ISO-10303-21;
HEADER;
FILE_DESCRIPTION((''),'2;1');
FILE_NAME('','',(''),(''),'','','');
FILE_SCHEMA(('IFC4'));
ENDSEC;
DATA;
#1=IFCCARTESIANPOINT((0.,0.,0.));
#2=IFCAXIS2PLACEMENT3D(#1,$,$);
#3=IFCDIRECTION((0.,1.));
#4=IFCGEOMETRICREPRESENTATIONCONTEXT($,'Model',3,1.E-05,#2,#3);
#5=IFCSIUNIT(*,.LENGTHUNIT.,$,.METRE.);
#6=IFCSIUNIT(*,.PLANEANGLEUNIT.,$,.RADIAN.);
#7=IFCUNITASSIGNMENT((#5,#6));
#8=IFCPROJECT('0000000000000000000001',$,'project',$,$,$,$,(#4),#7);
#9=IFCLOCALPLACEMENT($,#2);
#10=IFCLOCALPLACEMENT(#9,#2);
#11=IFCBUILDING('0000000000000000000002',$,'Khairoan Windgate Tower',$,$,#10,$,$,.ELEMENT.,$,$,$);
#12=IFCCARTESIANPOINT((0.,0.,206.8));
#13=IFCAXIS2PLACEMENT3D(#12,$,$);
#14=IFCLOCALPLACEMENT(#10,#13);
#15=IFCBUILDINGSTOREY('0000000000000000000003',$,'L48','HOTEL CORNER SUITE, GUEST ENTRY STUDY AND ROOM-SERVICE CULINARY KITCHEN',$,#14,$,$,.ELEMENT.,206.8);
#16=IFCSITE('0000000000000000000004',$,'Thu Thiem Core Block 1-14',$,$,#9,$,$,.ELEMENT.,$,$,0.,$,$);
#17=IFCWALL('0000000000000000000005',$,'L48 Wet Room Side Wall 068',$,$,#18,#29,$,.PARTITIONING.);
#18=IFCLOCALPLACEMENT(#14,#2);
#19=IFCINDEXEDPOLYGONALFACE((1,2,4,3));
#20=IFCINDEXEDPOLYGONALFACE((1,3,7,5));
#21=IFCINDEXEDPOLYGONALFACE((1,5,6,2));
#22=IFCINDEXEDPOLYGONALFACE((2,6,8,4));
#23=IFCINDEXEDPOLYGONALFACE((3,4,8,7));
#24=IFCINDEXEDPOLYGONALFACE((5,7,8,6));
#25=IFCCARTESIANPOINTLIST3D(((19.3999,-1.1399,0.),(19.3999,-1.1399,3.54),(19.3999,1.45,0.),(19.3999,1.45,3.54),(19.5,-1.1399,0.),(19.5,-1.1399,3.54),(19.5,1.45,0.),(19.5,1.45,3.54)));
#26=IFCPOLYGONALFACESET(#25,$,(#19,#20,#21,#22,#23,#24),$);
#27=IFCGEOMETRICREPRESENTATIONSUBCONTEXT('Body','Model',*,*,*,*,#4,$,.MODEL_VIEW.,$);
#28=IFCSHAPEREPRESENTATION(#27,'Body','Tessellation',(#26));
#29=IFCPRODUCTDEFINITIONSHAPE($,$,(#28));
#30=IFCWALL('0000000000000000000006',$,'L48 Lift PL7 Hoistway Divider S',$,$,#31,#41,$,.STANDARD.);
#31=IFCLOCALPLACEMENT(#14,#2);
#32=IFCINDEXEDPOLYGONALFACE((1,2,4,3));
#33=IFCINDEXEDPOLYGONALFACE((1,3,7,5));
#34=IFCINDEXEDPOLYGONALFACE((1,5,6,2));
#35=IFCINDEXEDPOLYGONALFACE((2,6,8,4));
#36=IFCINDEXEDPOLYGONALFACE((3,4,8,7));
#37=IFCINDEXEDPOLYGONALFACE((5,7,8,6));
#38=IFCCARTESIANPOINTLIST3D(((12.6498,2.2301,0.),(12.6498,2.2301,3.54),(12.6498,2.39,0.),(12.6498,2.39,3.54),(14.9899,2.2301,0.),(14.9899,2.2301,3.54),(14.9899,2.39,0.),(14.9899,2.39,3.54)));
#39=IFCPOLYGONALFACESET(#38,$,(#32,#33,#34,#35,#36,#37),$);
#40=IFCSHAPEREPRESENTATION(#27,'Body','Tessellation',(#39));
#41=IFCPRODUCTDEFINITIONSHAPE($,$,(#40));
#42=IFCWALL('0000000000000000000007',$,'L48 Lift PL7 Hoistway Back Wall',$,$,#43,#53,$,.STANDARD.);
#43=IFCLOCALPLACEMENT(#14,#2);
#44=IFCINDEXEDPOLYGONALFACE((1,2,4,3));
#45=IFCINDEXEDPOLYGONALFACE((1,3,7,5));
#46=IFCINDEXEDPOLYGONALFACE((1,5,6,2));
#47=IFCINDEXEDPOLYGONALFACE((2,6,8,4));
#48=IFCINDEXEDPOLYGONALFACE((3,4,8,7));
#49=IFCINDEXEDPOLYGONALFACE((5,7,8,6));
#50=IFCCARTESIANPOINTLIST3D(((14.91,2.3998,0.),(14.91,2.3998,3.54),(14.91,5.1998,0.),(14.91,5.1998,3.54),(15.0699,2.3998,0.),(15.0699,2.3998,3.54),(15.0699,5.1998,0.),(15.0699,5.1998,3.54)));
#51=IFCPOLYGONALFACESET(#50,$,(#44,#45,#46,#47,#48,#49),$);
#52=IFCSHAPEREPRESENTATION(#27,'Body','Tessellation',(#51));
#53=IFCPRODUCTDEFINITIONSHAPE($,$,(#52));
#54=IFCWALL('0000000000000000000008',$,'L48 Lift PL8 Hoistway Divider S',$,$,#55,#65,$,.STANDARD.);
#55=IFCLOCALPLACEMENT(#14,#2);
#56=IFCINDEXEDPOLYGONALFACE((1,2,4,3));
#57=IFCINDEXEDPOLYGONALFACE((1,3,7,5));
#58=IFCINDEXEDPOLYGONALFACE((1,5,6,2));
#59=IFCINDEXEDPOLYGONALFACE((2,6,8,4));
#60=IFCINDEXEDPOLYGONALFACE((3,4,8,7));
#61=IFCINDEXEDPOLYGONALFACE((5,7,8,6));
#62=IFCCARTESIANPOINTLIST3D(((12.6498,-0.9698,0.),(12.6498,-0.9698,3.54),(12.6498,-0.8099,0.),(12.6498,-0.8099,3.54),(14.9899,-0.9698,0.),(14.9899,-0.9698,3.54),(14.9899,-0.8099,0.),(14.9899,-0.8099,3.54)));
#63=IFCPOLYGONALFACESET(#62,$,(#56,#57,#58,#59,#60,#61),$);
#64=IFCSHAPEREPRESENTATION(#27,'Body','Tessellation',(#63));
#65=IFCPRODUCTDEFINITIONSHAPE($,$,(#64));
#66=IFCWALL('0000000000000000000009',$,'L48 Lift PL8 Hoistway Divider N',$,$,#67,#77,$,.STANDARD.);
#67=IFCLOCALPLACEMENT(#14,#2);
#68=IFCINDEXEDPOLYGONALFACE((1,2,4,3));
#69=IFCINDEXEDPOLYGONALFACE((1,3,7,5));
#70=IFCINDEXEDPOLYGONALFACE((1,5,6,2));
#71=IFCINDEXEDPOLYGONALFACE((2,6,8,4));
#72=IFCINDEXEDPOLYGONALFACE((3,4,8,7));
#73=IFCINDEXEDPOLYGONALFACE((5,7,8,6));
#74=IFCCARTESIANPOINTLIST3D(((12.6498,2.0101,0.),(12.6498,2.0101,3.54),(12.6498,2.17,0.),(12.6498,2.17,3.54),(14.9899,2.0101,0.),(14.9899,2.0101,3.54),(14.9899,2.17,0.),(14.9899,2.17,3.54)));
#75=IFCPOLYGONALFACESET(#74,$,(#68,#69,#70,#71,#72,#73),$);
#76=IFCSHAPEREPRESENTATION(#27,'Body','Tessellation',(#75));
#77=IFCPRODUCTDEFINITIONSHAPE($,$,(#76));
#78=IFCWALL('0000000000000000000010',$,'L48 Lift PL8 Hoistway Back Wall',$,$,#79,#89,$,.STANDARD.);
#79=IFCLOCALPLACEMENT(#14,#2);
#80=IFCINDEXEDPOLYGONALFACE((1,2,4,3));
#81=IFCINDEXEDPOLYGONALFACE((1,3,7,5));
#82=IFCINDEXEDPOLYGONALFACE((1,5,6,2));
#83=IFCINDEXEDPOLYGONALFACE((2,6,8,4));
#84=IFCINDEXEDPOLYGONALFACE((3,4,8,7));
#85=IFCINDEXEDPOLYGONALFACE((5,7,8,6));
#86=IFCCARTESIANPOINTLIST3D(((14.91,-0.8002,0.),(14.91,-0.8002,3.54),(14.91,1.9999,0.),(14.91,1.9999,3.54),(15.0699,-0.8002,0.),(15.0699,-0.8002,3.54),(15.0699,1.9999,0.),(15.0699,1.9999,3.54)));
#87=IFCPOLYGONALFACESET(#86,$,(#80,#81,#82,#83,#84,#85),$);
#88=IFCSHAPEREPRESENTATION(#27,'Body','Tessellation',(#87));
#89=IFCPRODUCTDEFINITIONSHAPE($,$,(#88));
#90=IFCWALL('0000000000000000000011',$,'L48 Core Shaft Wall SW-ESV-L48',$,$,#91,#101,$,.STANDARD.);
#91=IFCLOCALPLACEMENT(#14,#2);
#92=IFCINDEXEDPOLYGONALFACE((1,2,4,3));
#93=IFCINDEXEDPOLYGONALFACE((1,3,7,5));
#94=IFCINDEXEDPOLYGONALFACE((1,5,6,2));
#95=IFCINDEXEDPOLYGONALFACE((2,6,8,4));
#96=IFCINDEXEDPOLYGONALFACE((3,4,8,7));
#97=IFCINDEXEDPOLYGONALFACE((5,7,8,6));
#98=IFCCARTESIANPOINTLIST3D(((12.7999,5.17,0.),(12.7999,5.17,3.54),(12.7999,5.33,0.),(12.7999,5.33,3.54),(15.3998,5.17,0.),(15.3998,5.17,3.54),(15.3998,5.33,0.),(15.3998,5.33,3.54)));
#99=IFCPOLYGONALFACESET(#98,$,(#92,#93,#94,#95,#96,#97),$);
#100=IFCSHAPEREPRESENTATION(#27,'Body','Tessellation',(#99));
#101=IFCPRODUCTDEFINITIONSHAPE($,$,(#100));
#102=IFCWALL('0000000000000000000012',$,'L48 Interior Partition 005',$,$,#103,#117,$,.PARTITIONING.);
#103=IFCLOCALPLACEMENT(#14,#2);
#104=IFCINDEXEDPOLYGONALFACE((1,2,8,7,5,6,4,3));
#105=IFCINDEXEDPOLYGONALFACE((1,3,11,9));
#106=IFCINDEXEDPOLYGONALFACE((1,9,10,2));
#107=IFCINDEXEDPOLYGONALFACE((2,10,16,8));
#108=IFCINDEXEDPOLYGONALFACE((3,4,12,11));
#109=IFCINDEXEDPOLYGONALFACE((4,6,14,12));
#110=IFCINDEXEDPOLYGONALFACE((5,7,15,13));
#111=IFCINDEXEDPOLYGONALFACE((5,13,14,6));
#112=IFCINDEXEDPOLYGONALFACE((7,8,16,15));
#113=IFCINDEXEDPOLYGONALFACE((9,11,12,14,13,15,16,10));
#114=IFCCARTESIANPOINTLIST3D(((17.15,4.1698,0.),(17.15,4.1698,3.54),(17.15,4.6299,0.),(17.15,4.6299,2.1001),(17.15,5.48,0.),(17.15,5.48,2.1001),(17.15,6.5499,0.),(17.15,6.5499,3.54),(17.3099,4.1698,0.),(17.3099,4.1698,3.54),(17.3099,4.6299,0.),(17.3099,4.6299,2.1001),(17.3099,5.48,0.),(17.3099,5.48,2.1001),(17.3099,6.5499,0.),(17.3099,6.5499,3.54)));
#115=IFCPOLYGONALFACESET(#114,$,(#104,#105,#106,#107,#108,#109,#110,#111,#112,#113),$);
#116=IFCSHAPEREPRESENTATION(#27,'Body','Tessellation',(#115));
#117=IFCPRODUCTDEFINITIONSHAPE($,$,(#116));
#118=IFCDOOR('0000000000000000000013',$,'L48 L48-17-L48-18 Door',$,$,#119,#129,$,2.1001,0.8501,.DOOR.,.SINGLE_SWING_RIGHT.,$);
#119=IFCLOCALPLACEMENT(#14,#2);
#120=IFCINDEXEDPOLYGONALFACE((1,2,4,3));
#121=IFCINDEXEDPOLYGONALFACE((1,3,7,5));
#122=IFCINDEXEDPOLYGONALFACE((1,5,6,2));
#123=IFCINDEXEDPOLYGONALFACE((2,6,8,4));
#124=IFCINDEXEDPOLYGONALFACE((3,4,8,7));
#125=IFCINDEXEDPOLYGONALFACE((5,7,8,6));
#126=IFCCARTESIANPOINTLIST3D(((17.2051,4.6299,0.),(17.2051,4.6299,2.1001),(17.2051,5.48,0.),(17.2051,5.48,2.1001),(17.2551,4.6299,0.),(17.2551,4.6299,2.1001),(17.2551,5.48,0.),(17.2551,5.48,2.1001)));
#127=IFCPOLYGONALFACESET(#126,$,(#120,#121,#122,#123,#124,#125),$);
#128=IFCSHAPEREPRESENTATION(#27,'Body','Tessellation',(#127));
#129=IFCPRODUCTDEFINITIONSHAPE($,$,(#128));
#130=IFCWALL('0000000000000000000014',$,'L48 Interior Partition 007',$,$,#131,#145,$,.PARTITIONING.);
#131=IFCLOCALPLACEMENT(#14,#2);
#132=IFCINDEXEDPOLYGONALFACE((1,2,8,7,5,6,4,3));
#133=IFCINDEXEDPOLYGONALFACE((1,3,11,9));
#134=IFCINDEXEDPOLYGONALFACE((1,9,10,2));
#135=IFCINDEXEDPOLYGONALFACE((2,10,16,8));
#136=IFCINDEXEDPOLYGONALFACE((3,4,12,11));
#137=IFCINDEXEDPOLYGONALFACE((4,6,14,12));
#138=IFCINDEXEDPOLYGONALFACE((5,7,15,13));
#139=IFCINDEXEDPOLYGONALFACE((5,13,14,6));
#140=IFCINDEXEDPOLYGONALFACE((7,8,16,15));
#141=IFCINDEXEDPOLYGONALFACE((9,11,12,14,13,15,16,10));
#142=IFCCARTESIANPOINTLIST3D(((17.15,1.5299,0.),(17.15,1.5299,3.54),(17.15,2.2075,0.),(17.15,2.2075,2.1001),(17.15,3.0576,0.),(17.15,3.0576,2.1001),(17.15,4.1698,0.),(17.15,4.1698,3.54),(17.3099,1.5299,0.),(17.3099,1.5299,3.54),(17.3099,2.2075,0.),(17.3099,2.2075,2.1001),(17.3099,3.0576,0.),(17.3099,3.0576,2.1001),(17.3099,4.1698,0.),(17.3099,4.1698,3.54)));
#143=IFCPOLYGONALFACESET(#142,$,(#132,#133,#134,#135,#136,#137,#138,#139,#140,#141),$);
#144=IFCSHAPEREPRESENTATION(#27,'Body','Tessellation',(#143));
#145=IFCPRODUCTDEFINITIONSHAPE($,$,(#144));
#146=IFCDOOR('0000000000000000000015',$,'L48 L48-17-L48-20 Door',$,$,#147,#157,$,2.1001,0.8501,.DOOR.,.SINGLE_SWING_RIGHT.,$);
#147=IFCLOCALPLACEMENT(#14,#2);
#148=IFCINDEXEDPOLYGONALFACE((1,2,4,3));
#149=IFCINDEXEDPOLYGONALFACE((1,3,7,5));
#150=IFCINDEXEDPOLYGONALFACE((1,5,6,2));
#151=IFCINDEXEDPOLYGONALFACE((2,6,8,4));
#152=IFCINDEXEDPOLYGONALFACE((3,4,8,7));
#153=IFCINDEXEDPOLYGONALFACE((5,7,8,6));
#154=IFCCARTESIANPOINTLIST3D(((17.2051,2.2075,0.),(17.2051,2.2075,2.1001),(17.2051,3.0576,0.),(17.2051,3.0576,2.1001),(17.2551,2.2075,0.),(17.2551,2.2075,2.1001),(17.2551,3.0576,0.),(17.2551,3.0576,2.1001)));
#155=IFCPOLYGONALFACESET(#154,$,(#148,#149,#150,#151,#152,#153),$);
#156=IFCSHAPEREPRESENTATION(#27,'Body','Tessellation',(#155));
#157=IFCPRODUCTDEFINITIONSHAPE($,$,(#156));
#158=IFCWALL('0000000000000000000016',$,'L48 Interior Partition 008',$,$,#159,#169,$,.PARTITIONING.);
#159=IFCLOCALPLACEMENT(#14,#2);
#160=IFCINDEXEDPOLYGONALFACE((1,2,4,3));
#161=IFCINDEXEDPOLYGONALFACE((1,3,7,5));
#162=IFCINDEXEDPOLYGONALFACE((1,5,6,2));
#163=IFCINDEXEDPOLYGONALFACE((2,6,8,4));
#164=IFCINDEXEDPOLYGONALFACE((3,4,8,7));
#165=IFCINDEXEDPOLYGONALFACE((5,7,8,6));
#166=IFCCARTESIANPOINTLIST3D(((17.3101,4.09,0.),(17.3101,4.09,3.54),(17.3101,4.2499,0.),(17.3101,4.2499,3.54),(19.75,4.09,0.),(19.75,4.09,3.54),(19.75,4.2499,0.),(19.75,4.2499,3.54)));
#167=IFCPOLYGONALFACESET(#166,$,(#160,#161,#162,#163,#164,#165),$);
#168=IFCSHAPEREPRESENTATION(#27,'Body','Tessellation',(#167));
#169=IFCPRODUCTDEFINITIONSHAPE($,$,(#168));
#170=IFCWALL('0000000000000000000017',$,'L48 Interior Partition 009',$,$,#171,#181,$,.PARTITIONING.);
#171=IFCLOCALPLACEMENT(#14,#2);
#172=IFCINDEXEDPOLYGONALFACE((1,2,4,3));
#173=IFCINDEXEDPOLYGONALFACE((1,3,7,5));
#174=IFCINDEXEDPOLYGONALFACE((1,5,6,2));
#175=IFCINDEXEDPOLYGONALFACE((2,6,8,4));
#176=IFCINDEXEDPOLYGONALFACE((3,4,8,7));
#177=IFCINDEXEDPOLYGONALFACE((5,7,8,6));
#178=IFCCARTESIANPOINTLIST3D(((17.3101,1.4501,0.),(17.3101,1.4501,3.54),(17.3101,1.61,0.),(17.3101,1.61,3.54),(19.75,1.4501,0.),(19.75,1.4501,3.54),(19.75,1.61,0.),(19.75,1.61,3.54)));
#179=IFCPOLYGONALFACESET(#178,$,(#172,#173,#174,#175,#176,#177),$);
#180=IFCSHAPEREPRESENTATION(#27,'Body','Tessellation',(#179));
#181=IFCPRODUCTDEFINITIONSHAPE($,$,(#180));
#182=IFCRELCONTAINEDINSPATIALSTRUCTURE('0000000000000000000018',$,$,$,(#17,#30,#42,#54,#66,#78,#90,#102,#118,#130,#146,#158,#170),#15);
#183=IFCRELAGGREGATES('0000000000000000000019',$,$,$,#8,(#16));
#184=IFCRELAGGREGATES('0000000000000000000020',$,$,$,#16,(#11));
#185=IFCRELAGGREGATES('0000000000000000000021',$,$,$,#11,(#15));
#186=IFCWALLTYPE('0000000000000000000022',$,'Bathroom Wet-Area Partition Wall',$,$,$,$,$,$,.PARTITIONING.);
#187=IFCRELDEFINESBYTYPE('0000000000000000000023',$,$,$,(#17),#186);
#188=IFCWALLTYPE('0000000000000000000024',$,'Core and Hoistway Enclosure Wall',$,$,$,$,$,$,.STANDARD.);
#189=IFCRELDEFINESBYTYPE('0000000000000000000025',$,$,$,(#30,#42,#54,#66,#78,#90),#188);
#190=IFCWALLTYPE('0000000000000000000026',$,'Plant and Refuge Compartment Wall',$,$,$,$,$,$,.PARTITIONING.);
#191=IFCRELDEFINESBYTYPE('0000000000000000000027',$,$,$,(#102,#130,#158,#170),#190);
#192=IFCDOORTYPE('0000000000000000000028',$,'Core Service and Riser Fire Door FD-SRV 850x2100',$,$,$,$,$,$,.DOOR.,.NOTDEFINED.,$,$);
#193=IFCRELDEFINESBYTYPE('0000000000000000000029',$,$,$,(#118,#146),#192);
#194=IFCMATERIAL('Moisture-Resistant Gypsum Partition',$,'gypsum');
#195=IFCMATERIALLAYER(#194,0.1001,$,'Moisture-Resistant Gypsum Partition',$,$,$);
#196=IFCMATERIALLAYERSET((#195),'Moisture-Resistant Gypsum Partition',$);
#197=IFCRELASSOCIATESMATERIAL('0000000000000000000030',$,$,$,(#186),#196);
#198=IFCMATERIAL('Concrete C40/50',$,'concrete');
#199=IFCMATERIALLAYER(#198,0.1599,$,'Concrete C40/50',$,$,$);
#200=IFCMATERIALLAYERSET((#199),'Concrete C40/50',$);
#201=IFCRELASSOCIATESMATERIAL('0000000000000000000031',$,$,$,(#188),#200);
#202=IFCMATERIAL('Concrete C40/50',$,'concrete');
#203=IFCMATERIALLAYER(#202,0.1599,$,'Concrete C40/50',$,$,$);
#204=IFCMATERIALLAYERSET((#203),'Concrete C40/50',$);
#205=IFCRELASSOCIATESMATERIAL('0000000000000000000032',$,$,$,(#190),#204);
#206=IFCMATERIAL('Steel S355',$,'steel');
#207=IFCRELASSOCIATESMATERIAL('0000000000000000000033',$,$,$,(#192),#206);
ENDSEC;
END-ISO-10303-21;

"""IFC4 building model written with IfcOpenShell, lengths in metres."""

from ifc_helpers import new_model, si_unit, direction, frame, frame_2d, origin, place, context, subcontext, project, spatial, rectangle, extrude, material, layer, layer_set, type_object, element, fill, save


model = new_model("IFC4")

# Units and contexts
model_context = context("Model", 3, precision=1e-05, world=origin(), true_north=direction((0.0, 1.0)))
body_context = subcontext(model_context, "Body", "Model", "MODEL_VIEW")
ifc_project = project(units=[si_unit("LENGTHUNIT", "METRE"), si_unit("PLANEANGLEUNIT", "RADIAN")], contexts=[model_context])

# Site, building, storey
site_placement = place(None, origin())
site = spatial("IfcSite", under=ifc_project, at=site_placement, Name="Thu Thiem Core Block 1-14", CompositionType="ELEMENT", RefElevation=0.0)
building_placement = place(site_placement, origin())
building = spatial("IfcBuilding", under=site, at=building_placement, Name="Khairoan Windgate Tower", CompositionType="ELEMENT")
storey_placement = place(building_placement, frame((0.0, 0.0, 206.8)))
storey = spatial("IfcBuildingStorey", under=building, at=storey_placement, Name="L48", Description="HOTEL CORNER SUITE, GUEST ENTRY STUDY AND ROOM-SERVICE CULINARY KITCHEN", CompositionType="ELEMENT", Elevation=206.8)

# Walls
ifc_material_1 = material(Name="Moisture-Resistant Gypsum Partition", Category="gypsum")
ifc_layer_1 = layer(ifc_material_1, 0.1001, Name="Moisture-Resistant Gypsum Partition")
ifc_layer_set_1 = layer_set([ifc_layer_1], Name="Moisture-Resistant Gypsum Partition")
wall_type_1 = type_object("IfcWallType", Name="Bathroom Wet-Area Partition Wall", PredefinedType="PARTITIONING", material=ifc_layer_set_1)
wall_1_placement = place(storey_placement, frame((19.45, 1.45, 0.0), z_axis=(0.0, 0.0, 1.0), x_axis=(0.0, -1.0, 0.0)))
element("IfcWall", 1, at=wall_1_placement, inside=storey, type_object=wall_type_1, Name="L48 Wet Room Side Wall 068", PredefinedType="PARTITIONING", context=body_context, shape_type="SweptSolid", body=[
    extrude(rectangle(XDim=2.5898, YDim=0.1001, at=frame_2d((1.2949, 0.0))), origin(), (0.0, 0.0, 1.0), 3.54),
])
ifc_material_2 = material(Name="Concrete C40/50", Category="concrete")
ifc_layer_2 = layer(ifc_material_2, 0.1599, Name="Concrete C40/50")
ifc_layer_set_2 = layer_set([ifc_layer_2], Name="Concrete C40/50")
wall_type_2 = type_object("IfcWallType", Name="Core and Hoistway Enclosure Wall", PredefinedType="STANDARD", material=ifc_layer_set_2)
wall_2_placement = place(storey_placement, frame((12.6499, 2.3101, 0.0), z_axis=(0.0, 0.0, 1.0), x_axis=(1.0, 0.0, 0.0)))
element("IfcWall", 2, at=wall_2_placement, inside=storey, type_object=wall_type_2, Name="L48 Lift PL7 Hoistway Divider S", PredefinedType="STANDARD", context=body_context, shape_type="SweptSolid", body=[
    extrude(rectangle(XDim=2.3401, YDim=0.1599, at=frame_2d((1.1699, 0.0))), origin(), (0.0, 0.0, 1.0), 3.54),
])
wall_3_placement = place(storey_placement, frame((14.99, 2.3999, 0.0), z_axis=(0.0, 0.0, 1.0), x_axis=(0.0, 1.0, 0.0)))
element("IfcWall", 3, at=wall_3_placement, inside=storey, type_object=wall_type_2, Name="L48 Lift PL7 Hoistway Back Wall", PredefinedType="STANDARD", context=body_context, shape_type="SweptSolid", body=[
    extrude(rectangle(XDim=2.8, YDim=0.1599, at=frame_2d((1.3999, 0.0))), origin(), (0.0, 0.0, 1.0), 3.54),
])
for number, where, z_axis, x_axis, name in (
    (4, (12.6499, -0.8899, 0.0), (0.0, 0.0, 1.0), (1.0, 0.0, 0.0), "L48 Lift PL8 Hoistway Divider S"),
    (5, (12.6499, 2.0901, 0.0), (0.0, 0.0, 1.0), (1.0, 0.0, 0.0), "L48 Lift PL8 Hoistway Divider N"),
):
    element("IfcWall", number, at=place(storey_placement, frame(where, z_axis=z_axis, x_axis=x_axis)), inside=storey, type_object=wall_type_2, Name=name, PredefinedType="STANDARD", context=body_context, shape_type="SweptSolid", body=[
        extrude(rectangle(XDim=2.3401, YDim=0.1599, at=frame_2d((1.1699, 0.0))), origin(), (0.0, 0.0, 1.0), 3.54),
    ])
wall_4_placement = place(storey_placement, frame((14.99, -0.8, 0.0), z_axis=(0.0, 0.0, 1.0), x_axis=(0.0, 1.0, 0.0)))
element("IfcWall", 6, at=wall_4_placement, inside=storey, type_object=wall_type_2, Name="L48 Lift PL8 Hoistway Back Wall", PredefinedType="STANDARD", context=body_context, shape_type="SweptSolid", body=[
    extrude(rectangle(XDim=2.8, YDim=0.1599, at=frame_2d((1.3999, 0.0))), origin(), (0.0, 0.0, 1.0), 3.54),
])
wall_5_placement = place(storey_placement, frame((12.8, 5.25, 0.0), z_axis=(0.0, 0.0, 1.0), x_axis=(1.0, 0.0, 0.0)))
element("IfcWall", 7, at=wall_5_placement, inside=storey, type_object=wall_type_2, Name="L48 Core Shaft Wall SW-ESV-L48", PredefinedType="STANDARD", context=body_context, shape_type="SweptSolid", body=[
    extrude(rectangle(XDim=2.5999, YDim=0.1599, at=frame_2d((1.2998, 0.0))), origin(), (0.0, 0.0, 1.0), 3.54),
])

# Walls, openings, doors
ifc_material_3 = material(Name="Concrete C40/50", Category="concrete")
ifc_layer_3 = layer(ifc_material_3, 0.1599, Name="Concrete C40/50")
ifc_layer_set_3 = layer_set([ifc_layer_3], Name="Concrete C40/50")
wall_type_3 = type_object("IfcWallType", Name="Plant and Refuge Compartment Wall", PredefinedType="PARTITIONING", material=ifc_layer_set_3)
wall_6_placement = place(storey_placement, frame((17.23, 4.1699, 0.0), z_axis=(0.0, 0.0, 1.0), x_axis=(0.0, 1.0, 0.0)))
wall_6 = element("IfcWall", 8, at=wall_6_placement, inside=storey, type_object=wall_type_3, Name="L48 Interior Partition 005", PredefinedType="PARTITIONING", context=body_context, shape_type="SweptSolid", body=[
    extrude(rectangle(XDim=2.3801, YDim=0.1599, at=frame_2d((1.1899, 0.0))), origin(), (0.0, 0.0, 1.0), 3.54),
])
opening_1_placement = place(wall_6_placement, frame((0.46, 0.0, 0.0)))
opening_1 = element("IfcOpeningElement", 9, at=opening_1_placement, cuts=wall_6, PredefinedType="OPENING", context=body_context, shape_type="SweptSolid", body=[
    extrude(rectangle(XDim=0.8501, YDim=2.1001, at=frame_2d((0.425, 1.05))), frame((0.0, 0.0898, 0.0), z_axis=(0.0, -1.0, 0.0), x_axis=(1.0, 0.0, 0.0)), (0.0, 0.0, 1.0), 0.1799),
])
ifc_material_4 = material(Name="Steel S355", Category="steel")
door_type = type_object("IfcDoorType", Name="Core Service and Riser Fire Door FD-SRV 850x2100", OperationType="NOTDEFINED", PredefinedType="DOOR", material=ifc_material_4)
door_1_placement = place(opening_1_placement, origin())
door_1 = element("IfcDoor", 10, at=door_1_placement, inside=storey, type_object=door_type, Name="L48 L48-17-L48-18 Door", OperationType="SINGLE_SWING_RIGHT", OverallHeight=2.1001, OverallWidth=0.8501, PredefinedType="DOOR", context=body_context, shape_type="SweptSolid", body=[
    extrude(rectangle(XDim=0.8501, YDim=2.1001, at=frame_2d((0.425, 1.05))), frame((0.0, 0.0249, 0.0), z_axis=(0.0, -1.0, 0.0), x_axis=(1.0, 0.0, 0.0)), (0.0, 0.0, 1.0), 0.05),
])
fill(opening_1, door_1)
wall_7_placement = place(storey_placement, frame((17.23, 1.53, 0.0), z_axis=(0.0, 0.0, 1.0), x_axis=(0.0, 1.0, 0.0)))
wall_7 = element("IfcWall", 11, at=wall_7_placement, inside=storey, type_object=wall_type_3, Name="L48 Interior Partition 007", PredefinedType="PARTITIONING", context=body_context, shape_type="SweptSolid", body=[
    extrude(rectangle(XDim=2.6399, YDim=0.1599, at=frame_2d((1.3198, 0.0))), origin(), (0.0, 0.0, 1.0), 3.54),
])
opening_2_placement = place(wall_7_placement, frame((0.6775, 0.0, 0.0)))
opening_2 = element("IfcOpeningElement", 12, at=opening_2_placement, cuts=wall_7, PredefinedType="OPENING", context=body_context, shape_type="SweptSolid", body=[
    extrude(rectangle(XDim=0.8501, YDim=2.1001, at=frame_2d((0.425, 1.05))), frame((0.0, 0.0898, 0.0), z_axis=(0.0, -1.0, 0.0), x_axis=(1.0, 0.0, 0.0)), (0.0, 0.0, 1.0), 0.1799),
])
door_2_placement = place(opening_2_placement, origin())
door_2 = element("IfcDoor", 13, at=door_2_placement, inside=storey, type_object=door_type, Name="L48 L48-17-L48-20 Door", OperationType="SINGLE_SWING_RIGHT", OverallHeight=2.1001, OverallWidth=0.8501, PredefinedType="DOOR", context=body_context, shape_type="SweptSolid", body=[
    extrude(rectangle(XDim=0.8501, YDim=2.1001, at=frame_2d((0.425, 1.05))), frame((0.0, 0.0249, 0.0), z_axis=(0.0, -1.0, 0.0), x_axis=(1.0, 0.0, 0.0)), (0.0, 0.0, 1.0), 0.05),
])
fill(opening_2, door_2)

# Walls
for number, where, z_axis, x_axis, name in (
    (14, (17.3101, 4.1699, 0.0), (0.0, 0.0, 1.0), (1.0, 0.0, 0.0), "L48 Interior Partition 008"),
    (15, (17.3101, 1.53, 0.0), (0.0, 0.0, 1.0), (1.0, 0.0, 0.0), "L48 Interior Partition 009"),
):
    element("IfcWall", number, at=place(storey_placement, frame(where, z_axis=z_axis, x_axis=x_axis)), inside=storey, type_object=wall_type_3, Name=name, PredefinedType="PARTITIONING", context=body_context, shape_type="SweptSolid", body=[
        extrude(rectangle(XDim=2.4399, YDim=0.1599, at=frame_2d((1.22, 0.0))), origin(), (0.0, 0.0, 1.0), 3.54),
    ])

save(model, "model.ifc")
